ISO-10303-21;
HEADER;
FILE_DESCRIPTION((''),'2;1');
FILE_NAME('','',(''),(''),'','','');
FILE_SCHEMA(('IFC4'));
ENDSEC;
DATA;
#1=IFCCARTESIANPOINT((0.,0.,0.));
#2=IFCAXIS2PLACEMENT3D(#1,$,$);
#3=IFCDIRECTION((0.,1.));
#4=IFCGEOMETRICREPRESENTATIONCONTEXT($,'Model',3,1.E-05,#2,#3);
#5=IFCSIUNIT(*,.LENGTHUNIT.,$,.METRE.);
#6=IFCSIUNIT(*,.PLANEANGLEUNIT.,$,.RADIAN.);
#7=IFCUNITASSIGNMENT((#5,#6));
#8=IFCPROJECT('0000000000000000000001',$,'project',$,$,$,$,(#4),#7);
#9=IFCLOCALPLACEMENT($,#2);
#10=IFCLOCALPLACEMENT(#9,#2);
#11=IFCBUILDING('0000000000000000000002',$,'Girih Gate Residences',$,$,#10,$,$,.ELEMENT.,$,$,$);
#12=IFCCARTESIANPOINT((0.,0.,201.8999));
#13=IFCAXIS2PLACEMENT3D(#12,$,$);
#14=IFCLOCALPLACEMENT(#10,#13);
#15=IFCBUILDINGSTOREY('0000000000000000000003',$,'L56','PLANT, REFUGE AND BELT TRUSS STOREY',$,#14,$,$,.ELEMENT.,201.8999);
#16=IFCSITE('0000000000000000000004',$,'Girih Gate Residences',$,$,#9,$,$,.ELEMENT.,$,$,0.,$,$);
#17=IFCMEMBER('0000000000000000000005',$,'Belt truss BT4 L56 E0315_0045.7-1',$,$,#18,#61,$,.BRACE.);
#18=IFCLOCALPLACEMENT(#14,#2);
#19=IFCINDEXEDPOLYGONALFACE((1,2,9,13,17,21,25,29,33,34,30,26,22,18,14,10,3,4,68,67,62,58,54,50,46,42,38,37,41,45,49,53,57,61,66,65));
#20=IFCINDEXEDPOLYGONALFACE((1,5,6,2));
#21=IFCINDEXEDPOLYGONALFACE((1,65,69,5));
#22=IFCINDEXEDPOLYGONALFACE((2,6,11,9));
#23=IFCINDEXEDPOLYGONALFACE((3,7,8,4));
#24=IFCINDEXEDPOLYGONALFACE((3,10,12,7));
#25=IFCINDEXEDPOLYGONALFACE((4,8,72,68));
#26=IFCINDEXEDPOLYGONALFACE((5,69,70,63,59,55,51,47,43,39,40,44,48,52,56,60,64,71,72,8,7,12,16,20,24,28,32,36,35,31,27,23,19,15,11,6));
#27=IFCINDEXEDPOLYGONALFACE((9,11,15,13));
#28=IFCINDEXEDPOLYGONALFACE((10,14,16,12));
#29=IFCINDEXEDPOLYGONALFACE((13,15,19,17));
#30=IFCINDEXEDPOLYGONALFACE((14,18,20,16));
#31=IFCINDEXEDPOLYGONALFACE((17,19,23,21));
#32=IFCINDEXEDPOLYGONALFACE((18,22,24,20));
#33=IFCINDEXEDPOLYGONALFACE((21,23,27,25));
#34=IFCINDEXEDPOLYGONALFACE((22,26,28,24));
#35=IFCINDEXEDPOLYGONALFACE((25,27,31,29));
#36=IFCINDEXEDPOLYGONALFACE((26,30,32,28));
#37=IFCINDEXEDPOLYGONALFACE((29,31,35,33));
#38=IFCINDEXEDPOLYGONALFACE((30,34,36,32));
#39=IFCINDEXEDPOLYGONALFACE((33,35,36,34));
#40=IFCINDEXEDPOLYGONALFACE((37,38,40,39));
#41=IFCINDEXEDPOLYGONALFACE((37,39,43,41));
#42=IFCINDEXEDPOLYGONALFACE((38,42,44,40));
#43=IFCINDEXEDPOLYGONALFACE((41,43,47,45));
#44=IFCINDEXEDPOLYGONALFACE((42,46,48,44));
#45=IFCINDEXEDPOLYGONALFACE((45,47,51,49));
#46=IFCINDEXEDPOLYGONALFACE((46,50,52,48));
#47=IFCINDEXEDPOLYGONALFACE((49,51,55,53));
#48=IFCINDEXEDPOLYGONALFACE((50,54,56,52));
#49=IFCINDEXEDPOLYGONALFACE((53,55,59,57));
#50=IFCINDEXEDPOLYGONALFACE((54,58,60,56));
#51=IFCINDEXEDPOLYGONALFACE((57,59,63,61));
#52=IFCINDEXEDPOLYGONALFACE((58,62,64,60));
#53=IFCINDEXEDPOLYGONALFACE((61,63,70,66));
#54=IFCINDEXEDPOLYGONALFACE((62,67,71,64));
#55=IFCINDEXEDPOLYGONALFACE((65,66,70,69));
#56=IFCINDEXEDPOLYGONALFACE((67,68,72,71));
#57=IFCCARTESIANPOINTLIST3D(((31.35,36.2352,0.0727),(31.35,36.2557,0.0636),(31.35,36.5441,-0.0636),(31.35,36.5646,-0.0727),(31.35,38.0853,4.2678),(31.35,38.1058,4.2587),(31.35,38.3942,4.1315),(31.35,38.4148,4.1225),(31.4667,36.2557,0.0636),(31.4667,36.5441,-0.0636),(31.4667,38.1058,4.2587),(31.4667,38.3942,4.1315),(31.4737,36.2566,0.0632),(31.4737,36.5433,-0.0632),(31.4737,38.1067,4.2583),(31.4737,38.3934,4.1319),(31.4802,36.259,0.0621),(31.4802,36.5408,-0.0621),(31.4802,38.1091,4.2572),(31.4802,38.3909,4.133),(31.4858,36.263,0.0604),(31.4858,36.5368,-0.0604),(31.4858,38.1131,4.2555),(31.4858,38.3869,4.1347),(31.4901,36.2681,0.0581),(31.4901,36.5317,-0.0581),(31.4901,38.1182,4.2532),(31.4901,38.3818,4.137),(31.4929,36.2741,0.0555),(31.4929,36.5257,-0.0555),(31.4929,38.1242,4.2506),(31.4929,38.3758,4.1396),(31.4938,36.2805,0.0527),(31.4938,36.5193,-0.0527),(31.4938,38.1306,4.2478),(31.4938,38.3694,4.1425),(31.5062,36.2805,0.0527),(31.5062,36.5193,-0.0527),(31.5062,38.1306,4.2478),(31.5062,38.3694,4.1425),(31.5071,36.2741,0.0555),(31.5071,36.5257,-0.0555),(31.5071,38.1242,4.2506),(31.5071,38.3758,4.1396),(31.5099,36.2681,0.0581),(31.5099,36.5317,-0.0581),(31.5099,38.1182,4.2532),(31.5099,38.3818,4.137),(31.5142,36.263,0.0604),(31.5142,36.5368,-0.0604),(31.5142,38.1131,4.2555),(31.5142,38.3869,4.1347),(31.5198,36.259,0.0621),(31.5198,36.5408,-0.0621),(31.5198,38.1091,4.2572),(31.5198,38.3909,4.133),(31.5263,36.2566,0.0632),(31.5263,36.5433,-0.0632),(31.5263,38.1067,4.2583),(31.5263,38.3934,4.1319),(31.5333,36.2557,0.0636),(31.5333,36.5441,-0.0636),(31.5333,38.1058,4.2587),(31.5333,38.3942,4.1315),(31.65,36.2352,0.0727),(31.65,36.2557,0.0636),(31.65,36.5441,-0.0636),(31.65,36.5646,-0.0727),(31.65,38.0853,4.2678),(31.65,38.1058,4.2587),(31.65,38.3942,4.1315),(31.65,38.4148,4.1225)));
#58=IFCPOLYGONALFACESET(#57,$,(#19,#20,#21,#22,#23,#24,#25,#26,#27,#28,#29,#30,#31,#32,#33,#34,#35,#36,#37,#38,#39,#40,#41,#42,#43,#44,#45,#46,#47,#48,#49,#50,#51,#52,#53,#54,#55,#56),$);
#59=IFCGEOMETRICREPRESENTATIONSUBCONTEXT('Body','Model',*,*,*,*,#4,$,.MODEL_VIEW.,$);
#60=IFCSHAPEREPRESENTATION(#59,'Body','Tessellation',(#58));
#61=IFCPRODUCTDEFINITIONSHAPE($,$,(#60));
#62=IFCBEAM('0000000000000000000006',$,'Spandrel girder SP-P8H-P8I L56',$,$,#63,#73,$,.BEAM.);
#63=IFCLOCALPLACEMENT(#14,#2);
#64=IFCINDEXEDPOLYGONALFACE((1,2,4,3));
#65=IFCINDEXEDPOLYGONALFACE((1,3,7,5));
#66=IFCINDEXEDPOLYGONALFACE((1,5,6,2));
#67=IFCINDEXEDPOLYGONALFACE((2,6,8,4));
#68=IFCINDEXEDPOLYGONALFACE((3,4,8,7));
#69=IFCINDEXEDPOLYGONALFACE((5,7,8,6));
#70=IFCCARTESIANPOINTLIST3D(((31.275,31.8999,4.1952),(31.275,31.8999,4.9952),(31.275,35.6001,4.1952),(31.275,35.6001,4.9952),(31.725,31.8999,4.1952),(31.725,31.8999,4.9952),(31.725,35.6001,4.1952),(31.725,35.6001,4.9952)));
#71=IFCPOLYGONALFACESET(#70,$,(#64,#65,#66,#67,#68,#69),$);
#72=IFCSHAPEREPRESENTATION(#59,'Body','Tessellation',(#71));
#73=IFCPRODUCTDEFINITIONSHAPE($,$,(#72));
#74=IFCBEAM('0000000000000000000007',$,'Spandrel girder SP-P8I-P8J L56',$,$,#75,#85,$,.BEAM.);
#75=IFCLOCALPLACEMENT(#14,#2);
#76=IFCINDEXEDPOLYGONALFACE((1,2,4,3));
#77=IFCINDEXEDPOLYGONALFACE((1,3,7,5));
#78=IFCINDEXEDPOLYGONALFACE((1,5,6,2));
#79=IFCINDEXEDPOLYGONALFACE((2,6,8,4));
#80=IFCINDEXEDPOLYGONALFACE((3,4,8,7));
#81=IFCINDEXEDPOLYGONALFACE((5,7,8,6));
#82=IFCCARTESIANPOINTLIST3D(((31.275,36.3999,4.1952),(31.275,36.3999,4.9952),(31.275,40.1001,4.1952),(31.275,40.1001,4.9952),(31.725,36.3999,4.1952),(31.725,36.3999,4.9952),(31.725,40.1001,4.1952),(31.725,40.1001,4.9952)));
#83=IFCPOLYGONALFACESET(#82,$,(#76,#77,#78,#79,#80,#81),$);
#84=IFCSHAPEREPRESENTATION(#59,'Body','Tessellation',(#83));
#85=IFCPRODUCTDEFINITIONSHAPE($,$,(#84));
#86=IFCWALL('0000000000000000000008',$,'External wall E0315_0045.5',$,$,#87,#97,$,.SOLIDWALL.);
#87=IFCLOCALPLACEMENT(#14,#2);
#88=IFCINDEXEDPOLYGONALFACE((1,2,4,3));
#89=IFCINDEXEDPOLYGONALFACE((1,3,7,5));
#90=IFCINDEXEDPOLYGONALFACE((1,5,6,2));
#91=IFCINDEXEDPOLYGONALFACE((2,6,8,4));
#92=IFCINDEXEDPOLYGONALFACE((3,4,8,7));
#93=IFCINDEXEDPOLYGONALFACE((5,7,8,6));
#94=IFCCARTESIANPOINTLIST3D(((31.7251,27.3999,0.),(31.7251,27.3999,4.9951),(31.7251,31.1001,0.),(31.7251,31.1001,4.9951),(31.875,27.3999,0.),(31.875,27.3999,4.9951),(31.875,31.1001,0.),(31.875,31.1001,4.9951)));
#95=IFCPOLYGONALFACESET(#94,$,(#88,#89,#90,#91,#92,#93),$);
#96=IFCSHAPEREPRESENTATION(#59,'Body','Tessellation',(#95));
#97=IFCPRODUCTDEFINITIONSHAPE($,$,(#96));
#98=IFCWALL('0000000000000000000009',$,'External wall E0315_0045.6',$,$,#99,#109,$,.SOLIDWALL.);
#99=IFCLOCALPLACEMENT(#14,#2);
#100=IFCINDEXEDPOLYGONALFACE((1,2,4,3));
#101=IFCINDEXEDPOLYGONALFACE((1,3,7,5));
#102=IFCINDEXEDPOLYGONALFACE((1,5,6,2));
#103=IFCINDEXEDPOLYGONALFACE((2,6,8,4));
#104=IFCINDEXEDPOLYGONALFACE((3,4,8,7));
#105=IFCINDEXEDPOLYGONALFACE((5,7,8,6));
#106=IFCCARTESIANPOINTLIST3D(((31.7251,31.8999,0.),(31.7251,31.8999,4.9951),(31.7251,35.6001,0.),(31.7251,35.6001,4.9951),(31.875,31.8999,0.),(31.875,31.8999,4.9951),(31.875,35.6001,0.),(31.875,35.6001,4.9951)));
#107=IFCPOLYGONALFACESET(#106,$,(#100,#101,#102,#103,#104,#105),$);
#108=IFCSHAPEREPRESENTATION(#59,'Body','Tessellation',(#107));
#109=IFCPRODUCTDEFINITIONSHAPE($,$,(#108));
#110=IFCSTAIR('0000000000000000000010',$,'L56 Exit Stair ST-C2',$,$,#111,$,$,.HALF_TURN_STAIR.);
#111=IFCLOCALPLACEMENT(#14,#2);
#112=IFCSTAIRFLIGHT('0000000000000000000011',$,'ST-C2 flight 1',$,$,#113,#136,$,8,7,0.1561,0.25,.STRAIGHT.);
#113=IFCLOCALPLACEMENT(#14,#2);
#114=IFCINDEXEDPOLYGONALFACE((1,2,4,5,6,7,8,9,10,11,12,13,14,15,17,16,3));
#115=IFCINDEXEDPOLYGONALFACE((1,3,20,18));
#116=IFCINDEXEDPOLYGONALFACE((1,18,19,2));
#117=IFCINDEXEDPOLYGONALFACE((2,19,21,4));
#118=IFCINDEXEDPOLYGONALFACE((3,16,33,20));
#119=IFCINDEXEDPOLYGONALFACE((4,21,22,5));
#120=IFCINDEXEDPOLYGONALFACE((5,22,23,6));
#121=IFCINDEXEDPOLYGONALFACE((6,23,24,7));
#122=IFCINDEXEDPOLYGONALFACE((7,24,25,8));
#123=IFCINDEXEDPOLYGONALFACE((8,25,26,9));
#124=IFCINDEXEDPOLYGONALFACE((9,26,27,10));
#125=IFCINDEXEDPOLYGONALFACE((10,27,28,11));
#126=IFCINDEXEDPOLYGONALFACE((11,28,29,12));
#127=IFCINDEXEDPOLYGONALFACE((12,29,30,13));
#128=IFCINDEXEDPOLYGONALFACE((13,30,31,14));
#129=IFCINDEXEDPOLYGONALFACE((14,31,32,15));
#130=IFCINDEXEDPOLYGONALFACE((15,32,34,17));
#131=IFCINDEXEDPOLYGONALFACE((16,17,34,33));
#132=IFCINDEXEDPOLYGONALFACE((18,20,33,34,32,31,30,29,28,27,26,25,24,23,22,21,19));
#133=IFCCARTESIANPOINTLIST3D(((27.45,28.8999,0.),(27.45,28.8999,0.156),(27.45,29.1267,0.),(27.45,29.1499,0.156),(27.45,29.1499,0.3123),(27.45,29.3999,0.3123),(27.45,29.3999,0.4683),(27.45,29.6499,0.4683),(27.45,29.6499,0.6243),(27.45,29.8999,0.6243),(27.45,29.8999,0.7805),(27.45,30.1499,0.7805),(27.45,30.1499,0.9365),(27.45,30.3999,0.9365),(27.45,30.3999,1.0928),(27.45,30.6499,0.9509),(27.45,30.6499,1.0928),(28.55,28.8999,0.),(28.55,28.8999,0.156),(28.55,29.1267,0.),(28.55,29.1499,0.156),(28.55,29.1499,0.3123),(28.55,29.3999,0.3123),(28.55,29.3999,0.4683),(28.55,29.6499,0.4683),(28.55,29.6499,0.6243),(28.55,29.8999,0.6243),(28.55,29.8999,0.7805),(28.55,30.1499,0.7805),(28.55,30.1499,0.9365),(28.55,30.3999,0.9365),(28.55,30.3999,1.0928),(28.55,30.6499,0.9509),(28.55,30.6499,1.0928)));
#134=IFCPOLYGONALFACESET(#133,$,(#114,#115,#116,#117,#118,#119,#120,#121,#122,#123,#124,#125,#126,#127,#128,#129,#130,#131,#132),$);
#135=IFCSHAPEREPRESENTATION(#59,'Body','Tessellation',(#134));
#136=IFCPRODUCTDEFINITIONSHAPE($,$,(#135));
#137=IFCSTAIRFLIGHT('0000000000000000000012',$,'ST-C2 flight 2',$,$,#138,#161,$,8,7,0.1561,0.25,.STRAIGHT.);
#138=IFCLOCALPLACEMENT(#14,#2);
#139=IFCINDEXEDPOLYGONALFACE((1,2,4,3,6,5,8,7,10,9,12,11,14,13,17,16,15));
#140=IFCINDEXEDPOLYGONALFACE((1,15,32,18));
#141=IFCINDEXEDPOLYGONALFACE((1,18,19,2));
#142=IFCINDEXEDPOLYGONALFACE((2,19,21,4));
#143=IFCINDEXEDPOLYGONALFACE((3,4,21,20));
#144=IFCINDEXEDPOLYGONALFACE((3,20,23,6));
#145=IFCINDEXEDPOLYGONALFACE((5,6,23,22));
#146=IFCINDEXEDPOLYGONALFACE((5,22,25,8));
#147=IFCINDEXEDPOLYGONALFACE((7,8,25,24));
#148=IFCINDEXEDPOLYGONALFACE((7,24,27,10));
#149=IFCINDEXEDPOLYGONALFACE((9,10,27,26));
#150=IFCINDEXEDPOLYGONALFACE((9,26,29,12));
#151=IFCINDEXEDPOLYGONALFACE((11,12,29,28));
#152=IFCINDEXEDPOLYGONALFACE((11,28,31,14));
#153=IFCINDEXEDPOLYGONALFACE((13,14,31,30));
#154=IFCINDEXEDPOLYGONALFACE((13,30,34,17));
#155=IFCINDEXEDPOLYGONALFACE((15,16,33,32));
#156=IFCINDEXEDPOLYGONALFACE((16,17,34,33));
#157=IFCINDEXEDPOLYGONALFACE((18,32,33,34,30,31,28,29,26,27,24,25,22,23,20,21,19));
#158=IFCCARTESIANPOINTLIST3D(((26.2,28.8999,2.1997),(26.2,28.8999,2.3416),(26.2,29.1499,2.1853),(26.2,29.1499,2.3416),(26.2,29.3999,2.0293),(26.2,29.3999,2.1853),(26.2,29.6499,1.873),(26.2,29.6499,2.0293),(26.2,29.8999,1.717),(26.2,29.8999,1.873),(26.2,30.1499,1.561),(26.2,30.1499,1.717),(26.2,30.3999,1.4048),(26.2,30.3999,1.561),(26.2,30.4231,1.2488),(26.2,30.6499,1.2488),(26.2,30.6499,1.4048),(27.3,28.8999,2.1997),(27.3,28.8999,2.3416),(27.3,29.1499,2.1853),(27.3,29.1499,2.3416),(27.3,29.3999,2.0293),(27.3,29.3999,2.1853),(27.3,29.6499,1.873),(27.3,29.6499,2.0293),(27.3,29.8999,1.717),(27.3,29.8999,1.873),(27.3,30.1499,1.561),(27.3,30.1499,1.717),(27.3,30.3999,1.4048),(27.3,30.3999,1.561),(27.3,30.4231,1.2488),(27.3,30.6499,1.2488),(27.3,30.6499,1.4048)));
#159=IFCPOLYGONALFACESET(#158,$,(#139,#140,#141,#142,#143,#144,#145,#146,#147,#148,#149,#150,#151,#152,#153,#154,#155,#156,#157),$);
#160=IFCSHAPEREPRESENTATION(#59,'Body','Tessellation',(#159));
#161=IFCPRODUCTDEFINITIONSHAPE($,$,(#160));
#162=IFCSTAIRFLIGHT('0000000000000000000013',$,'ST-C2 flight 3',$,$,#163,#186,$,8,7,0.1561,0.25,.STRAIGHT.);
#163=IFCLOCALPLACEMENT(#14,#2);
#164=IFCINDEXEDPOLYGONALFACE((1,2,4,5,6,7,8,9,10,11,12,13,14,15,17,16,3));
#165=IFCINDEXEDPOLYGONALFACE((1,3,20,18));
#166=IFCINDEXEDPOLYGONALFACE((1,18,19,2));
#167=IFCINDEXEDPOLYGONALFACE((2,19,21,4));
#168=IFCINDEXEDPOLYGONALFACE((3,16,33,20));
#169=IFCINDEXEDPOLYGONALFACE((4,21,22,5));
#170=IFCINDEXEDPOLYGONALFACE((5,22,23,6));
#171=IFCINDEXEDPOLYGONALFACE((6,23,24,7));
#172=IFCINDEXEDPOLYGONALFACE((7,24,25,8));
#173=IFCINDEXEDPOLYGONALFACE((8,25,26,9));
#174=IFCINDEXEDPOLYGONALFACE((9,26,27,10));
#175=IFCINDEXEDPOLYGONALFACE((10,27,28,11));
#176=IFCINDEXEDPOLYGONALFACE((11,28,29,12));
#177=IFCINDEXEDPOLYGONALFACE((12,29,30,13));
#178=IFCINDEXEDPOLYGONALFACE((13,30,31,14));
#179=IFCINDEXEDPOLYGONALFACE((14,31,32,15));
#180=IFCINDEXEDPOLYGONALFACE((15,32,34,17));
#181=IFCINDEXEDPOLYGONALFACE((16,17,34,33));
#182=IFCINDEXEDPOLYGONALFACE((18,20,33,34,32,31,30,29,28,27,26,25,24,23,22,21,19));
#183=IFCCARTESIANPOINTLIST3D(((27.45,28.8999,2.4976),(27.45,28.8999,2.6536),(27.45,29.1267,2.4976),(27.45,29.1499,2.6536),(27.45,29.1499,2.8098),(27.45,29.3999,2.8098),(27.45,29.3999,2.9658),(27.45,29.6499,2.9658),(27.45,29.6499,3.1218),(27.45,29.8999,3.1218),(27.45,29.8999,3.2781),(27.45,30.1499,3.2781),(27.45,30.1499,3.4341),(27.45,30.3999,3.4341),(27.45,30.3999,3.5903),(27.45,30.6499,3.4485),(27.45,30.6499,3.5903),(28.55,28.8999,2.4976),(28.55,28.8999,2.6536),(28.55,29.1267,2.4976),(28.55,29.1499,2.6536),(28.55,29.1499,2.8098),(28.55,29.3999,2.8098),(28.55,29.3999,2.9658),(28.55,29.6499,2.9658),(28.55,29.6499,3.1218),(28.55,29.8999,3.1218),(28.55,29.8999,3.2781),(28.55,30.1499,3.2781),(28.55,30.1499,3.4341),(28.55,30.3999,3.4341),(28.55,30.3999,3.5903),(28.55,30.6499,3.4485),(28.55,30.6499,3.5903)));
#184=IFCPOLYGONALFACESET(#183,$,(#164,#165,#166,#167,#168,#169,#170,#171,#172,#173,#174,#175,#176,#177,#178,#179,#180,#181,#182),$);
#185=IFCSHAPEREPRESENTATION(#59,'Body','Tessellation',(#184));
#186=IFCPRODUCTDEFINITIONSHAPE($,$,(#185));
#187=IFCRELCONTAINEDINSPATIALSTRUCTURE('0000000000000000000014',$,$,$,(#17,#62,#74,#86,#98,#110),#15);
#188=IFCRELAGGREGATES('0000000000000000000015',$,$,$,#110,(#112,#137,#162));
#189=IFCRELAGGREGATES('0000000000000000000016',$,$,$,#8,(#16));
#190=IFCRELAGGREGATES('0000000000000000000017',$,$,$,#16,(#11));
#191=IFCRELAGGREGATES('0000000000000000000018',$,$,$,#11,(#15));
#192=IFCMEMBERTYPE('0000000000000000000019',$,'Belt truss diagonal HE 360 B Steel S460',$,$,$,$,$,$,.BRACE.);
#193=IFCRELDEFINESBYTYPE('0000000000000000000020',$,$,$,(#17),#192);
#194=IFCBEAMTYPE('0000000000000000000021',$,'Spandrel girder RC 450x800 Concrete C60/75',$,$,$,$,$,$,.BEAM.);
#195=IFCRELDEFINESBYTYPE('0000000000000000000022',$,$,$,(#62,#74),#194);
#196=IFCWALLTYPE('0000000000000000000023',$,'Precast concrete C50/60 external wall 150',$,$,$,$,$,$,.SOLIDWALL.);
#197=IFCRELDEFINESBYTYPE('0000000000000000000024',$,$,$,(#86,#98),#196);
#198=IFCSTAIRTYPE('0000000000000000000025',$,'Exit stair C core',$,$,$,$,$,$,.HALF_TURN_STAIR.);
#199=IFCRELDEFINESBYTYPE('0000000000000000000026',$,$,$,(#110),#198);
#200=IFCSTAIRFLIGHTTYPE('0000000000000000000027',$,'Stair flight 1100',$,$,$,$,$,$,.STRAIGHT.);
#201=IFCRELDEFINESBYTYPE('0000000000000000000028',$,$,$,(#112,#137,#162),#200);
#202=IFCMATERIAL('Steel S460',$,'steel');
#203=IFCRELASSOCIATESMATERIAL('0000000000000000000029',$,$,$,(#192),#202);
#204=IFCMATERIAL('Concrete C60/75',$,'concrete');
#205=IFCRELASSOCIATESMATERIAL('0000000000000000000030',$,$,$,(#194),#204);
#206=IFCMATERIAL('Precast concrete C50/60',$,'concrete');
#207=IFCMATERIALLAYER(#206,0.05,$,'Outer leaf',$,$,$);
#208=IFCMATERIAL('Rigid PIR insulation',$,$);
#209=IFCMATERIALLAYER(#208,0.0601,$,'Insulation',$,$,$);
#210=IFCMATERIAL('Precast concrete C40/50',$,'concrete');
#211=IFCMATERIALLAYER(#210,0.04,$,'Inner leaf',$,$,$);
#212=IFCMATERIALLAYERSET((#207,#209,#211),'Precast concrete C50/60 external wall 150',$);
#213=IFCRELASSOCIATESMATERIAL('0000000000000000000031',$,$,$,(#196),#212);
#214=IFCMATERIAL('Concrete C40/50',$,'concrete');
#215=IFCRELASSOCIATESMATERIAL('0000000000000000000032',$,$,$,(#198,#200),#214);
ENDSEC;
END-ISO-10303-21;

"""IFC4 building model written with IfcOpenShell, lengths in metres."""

from ifc_helpers import new_model, si_unit, direction, frame, frame_2d, origin, origin_2d, place, context, subcontext, project, spatial, polyline, rectangle, i_section, outline, extrude, material, layer, layer_set, material_profile, profile_set, type_object, element, aggregate, save


model = new_model("IFC4")

# Units and contexts
model_context = context("Model", 3, precision=1e-05, world=origin(), true_north=direction((0.0, 1.0)))
body_context = subcontext(model_context, "Body", "Model", "MODEL_VIEW")
ifc_project = project(units=[si_unit("LENGTHUNIT", "METRE"), si_unit("PLANEANGLEUNIT", "RADIAN")], contexts=[model_context])

# Site, building, storey
site_placement = place(None, origin())
site = spatial("IfcSite", under=ifc_project, at=site_placement, Name="Girih Gate Residences", CompositionType="ELEMENT", RefElevation=0.0)
building_placement = place(site_placement, origin())
building = spatial("IfcBuilding", under=site, at=building_placement, Name="Girih Gate Residences", CompositionType="ELEMENT")
storey_placement = place(building_placement, frame((0.0, 0.0, 201.8999)))
storey = spatial("IfcBuildingStorey", under=building, at=storey_placement, Name="L56", Description="PLANT, REFUGE AND BELT TRUSS STOREY", CompositionType="ELEMENT", Elevation=201.8999)

# Shared definitions
ifc_material_1 = material(Name="Concrete C60/75", Category="concrete")

# Member
ifc_material_2 = material(Name="Steel S460", Category="steel")
ifc_material_profile_1 = material_profile(ifc_material_2, i_section(OverallWidth=0.3, OverallDepth=0.3601, WebThickness=0.0125, FlangeThickness=0.0225, FilletRadius=0.0271, at=origin_2d()))
ifc_profile_set_1 = profile_set([ifc_material_profile_1], Name="Steel S460")
member_type = type_object("IfcMemberType", Name="Belt truss diagonal HE 360 B Steel S460", PredefinedType="BRACE", material=ifc_profile_set_1)
for number, where, z_axis, x_axis, name in (
    (1, (31.5, 36.3999, 0.0), (0.0, 0.403518, 0.914972), (-1.0, 0.0, 0.0), "Belt truss BT4 L56 E0315_0045.7-1"),
):
    element("IfcMember", number, at=place(storey_placement, frame(where, z_axis=z_axis, x_axis=x_axis)), inside=storey, type_object=member_type, Name=name, PredefinedType="BRACE", context=body_context, shape_type="SweptSolid", body=[
        extrude(i_section(OverallWidth=0.3, OverallDepth=0.3601, WebThickness=0.0125, FlangeThickness=0.0225, FilletRadius=0.0271, at=origin_2d()), origin(), (0.0, 0.0, 1.0), 4.585),
    ])

# Beams
ifc_material_profile_2 = material_profile(ifc_material_1, rectangle(XDim=0.45, YDim=0.8, at=origin_2d()))
ifc_profile_set_2 = profile_set([ifc_material_profile_2], Name="Concrete C60/75")
beam_type = type_object("IfcBeamType", Name="Spandrel girder RC 450x800 Concrete C60/75", PredefinedType="BEAM", material=ifc_profile_set_2)
for number, where, z_axis, x_axis, name in (
    (2, (31.5, 31.8999, 4.5952), (0.0, 1.0, 0.0), (-1.0, 0.0, 0.0), "Spandrel girder SP-P8H-P8I L56"),
    (3, (31.5, 36.3999, 4.5952), (0.0, 1.0, 0.0), (-1.0, 0.0, 0.0), "Spandrel girder SP-P8I-P8J L56"),
):
    element("IfcBeam", number, at=place(storey_placement, frame(where, z_axis=z_axis, x_axis=x_axis)), inside=storey, type_object=beam_type, Name=name, PredefinedType="BEAM", context=body_context, shape_type="SweptSolid", body=[
        extrude(rectangle(XDim=0.45, YDim=0.8, at=origin_2d()), origin(), (0.0, 0.0, 1.0), 3.7002),
    ])

# Walls
ifc_material_3 = material(Name="Precast concrete C50/60", Category="concrete")
ifc_layer_1 = layer(ifc_material_3, 0.05, Name="Outer leaf")
ifc_material_4 = material(Name="Rigid PIR insulation")
ifc_layer_2 = layer(ifc_material_4, 0.0601, Name="Insulation")
ifc_material_5 = material(Name="Precast concrete C40/50", Category="concrete")
ifc_layer_3 = layer(ifc_material_5, 0.04, Name="Inner leaf")
ifc_layer_set = layer_set([ifc_layer_1, ifc_layer_2, ifc_layer_3], Name="Precast concrete C50/60 external wall 150")
wall_type = type_object("IfcWallType", Name="Precast concrete C50/60 external wall 150", PredefinedType="SOLIDWALL", material=ifc_layer_set)
for number, where, z_axis, x_axis, name in (
    (4, (31.8, 31.1001, 0.0), (0.0, 0.0, 1.0), (0.0, -1.0, 0.0), "External wall E0315_0045.5"),
    (5, (31.8, 35.6001, 0.0), (0.0, 0.0, 1.0), (0.0, -1.0, 0.0), "External wall E0315_0045.6"),
):
    element("IfcWall", number, at=place(storey_placement, frame(where, z_axis=z_axis, x_axis=x_axis)), inside=storey, type_object=wall_type, Name=name, PredefinedType="SOLIDWALL", context=body_context, shape_type="SweptSolid", body=[
        extrude(rectangle(XDim=3.7002, YDim=0.1499, at=frame_2d((1.8501, 0.0))), origin(), (0.0, 0.0, 1.0), 4.9951),
    ])

# Stair, stair flights
ifc_material_6 = material(Name="Concrete C40/50", Category="concrete")
stair_type = type_object("IfcStairType", Name="Exit stair C core", PredefinedType="HALF_TURN_STAIR", material=ifc_material_6)
stair_placement = place(storey_placement, origin())
stair = element("IfcStair", 6, at=stair_placement, inside=storey, type_object=stair_type, Name="L56 Exit Stair ST-C2", PredefinedType="HALF_TURN_STAIR")
stair_flight_type = type_object("IfcStairFlightType", Name="Stair flight 1100", PredefinedType="STRAIGHT", material=ifc_material_6)
stair_flight_1_placement = place(storey_placement, frame((28.0, 28.8999, 0.0), z_axis=(0.0, 0.0, 1.0), x_axis=(0.0, 1.0, 0.0)))
stair_flight_1 = element("IfcStairFlight", 7, at=stair_flight_1_placement, type_object=stair_flight_type, Name="ST-C2 flight 1", NumberOfRisers=8, NumberOfTreads=7, PredefinedType="STRAIGHT", RiserHeight=0.1561, TreadLength=0.25, context=body_context, shape_type="SweptSolid", body=[
    extrude(outline(polyline([(0.0, 0.0), (0.0, 0.156), (0.25, 0.156), (0.25, 0.3123), (0.5, 0.3123), (0.5, 0.4683), (0.75, 0.4683), (0.75, 0.6243), (1.0, 0.6243), (1.0, 0.7805), (1.25, 0.7805), (1.25, 0.9365), (1.5, 0.9365), (1.5, 1.0928), (1.75, 1.0928), (1.75, 1.2488), (1.75, 0.9509), (0.2268, 0.0), (0.0, 0.0)])), frame((0.0, 0.55, 0.0), z_axis=(0.0, -1.0, 0.0), x_axis=(1.0, 0.0, 0.0)), (0.0, 0.0, 1.0), 1.1001),
])
stair_flight_2_placement = place(storey_placement, frame((26.75, 30.6499, 1.2488), z_axis=(0.0, 0.0, 1.0), x_axis=(0.0, -1.0, 0.0)))
stair_flight_2 = element("IfcStairFlight", 8, at=stair_flight_2_placement, type_object=stair_flight_type, Name="ST-C2 flight 2", NumberOfRisers=8, NumberOfTreads=7, PredefinedType="STRAIGHT", RiserHeight=0.1561, TreadLength=0.25, context=body_context, shape_type="SweptSolid", body=[
    extrude(outline(polyline([(0.0, 0.0), (0.0, 0.156), (0.25, 0.156), (0.25, 0.3123), (0.5, 0.3123), (0.5, 0.4683), (0.75, 0.4683), (0.75, 0.6243), (1.0, 0.6243), (1.0, 0.7805), (1.25, 0.7805), (1.25, 0.9365), (1.5, 0.9365), (1.5, 1.0928), (1.75, 1.0928), (1.75, 1.2488), (1.75, 0.9509), (0.2268, 0.0), (0.0, 0.0)])), frame((0.0, 0.55, 0.0), z_axis=(0.0, -1.0, 0.0), x_axis=(1.0, 0.0, 0.0)), (0.0, 0.0, 1.0), 1.1001),
])
stair_flight_3_placement = place(storey_placement, frame((28.0, 28.8999, 2.4976), z_axis=(0.0, 0.0, 1.0), x_axis=(0.0, 1.0, 0.0)))
stair_flight_3 = element("IfcStairFlight", 9, at=stair_flight_3_placement, type_object=stair_flight_type, Name="ST-C2 flight 3", NumberOfRisers=8, NumberOfTreads=7, PredefinedType="STRAIGHT", RiserHeight=0.1561, TreadLength=0.25, context=body_context, shape_type="SweptSolid", body=[
    extrude(outline(polyline([(0.0, 0.0), (0.0, 0.156), (0.25, 0.156), (0.25, 0.3123), (0.5, 0.3123), (0.5, 0.4683), (0.75, 0.4683), (0.75, 0.6243), (1.0, 0.6243), (1.0, 0.7805), (1.25, 0.7805), (1.25, 0.9365), (1.5, 0.9365), (1.5, 1.0928), (1.75, 1.0928), (1.75, 1.2488), (1.75, 0.9509), (0.2268, 0.0), (0.0, 0.0)])), frame((0.0, 0.55, 0.0), z_axis=(0.0, -1.0, 0.0), x_axis=(1.0, 0.0, 0.0)), (0.0, 0.0, 1.0), 1.1001),
])
aggregate(stair, [stair_flight_1, stair_flight_2, stair_flight_3])

save(model, "model.ifc")
